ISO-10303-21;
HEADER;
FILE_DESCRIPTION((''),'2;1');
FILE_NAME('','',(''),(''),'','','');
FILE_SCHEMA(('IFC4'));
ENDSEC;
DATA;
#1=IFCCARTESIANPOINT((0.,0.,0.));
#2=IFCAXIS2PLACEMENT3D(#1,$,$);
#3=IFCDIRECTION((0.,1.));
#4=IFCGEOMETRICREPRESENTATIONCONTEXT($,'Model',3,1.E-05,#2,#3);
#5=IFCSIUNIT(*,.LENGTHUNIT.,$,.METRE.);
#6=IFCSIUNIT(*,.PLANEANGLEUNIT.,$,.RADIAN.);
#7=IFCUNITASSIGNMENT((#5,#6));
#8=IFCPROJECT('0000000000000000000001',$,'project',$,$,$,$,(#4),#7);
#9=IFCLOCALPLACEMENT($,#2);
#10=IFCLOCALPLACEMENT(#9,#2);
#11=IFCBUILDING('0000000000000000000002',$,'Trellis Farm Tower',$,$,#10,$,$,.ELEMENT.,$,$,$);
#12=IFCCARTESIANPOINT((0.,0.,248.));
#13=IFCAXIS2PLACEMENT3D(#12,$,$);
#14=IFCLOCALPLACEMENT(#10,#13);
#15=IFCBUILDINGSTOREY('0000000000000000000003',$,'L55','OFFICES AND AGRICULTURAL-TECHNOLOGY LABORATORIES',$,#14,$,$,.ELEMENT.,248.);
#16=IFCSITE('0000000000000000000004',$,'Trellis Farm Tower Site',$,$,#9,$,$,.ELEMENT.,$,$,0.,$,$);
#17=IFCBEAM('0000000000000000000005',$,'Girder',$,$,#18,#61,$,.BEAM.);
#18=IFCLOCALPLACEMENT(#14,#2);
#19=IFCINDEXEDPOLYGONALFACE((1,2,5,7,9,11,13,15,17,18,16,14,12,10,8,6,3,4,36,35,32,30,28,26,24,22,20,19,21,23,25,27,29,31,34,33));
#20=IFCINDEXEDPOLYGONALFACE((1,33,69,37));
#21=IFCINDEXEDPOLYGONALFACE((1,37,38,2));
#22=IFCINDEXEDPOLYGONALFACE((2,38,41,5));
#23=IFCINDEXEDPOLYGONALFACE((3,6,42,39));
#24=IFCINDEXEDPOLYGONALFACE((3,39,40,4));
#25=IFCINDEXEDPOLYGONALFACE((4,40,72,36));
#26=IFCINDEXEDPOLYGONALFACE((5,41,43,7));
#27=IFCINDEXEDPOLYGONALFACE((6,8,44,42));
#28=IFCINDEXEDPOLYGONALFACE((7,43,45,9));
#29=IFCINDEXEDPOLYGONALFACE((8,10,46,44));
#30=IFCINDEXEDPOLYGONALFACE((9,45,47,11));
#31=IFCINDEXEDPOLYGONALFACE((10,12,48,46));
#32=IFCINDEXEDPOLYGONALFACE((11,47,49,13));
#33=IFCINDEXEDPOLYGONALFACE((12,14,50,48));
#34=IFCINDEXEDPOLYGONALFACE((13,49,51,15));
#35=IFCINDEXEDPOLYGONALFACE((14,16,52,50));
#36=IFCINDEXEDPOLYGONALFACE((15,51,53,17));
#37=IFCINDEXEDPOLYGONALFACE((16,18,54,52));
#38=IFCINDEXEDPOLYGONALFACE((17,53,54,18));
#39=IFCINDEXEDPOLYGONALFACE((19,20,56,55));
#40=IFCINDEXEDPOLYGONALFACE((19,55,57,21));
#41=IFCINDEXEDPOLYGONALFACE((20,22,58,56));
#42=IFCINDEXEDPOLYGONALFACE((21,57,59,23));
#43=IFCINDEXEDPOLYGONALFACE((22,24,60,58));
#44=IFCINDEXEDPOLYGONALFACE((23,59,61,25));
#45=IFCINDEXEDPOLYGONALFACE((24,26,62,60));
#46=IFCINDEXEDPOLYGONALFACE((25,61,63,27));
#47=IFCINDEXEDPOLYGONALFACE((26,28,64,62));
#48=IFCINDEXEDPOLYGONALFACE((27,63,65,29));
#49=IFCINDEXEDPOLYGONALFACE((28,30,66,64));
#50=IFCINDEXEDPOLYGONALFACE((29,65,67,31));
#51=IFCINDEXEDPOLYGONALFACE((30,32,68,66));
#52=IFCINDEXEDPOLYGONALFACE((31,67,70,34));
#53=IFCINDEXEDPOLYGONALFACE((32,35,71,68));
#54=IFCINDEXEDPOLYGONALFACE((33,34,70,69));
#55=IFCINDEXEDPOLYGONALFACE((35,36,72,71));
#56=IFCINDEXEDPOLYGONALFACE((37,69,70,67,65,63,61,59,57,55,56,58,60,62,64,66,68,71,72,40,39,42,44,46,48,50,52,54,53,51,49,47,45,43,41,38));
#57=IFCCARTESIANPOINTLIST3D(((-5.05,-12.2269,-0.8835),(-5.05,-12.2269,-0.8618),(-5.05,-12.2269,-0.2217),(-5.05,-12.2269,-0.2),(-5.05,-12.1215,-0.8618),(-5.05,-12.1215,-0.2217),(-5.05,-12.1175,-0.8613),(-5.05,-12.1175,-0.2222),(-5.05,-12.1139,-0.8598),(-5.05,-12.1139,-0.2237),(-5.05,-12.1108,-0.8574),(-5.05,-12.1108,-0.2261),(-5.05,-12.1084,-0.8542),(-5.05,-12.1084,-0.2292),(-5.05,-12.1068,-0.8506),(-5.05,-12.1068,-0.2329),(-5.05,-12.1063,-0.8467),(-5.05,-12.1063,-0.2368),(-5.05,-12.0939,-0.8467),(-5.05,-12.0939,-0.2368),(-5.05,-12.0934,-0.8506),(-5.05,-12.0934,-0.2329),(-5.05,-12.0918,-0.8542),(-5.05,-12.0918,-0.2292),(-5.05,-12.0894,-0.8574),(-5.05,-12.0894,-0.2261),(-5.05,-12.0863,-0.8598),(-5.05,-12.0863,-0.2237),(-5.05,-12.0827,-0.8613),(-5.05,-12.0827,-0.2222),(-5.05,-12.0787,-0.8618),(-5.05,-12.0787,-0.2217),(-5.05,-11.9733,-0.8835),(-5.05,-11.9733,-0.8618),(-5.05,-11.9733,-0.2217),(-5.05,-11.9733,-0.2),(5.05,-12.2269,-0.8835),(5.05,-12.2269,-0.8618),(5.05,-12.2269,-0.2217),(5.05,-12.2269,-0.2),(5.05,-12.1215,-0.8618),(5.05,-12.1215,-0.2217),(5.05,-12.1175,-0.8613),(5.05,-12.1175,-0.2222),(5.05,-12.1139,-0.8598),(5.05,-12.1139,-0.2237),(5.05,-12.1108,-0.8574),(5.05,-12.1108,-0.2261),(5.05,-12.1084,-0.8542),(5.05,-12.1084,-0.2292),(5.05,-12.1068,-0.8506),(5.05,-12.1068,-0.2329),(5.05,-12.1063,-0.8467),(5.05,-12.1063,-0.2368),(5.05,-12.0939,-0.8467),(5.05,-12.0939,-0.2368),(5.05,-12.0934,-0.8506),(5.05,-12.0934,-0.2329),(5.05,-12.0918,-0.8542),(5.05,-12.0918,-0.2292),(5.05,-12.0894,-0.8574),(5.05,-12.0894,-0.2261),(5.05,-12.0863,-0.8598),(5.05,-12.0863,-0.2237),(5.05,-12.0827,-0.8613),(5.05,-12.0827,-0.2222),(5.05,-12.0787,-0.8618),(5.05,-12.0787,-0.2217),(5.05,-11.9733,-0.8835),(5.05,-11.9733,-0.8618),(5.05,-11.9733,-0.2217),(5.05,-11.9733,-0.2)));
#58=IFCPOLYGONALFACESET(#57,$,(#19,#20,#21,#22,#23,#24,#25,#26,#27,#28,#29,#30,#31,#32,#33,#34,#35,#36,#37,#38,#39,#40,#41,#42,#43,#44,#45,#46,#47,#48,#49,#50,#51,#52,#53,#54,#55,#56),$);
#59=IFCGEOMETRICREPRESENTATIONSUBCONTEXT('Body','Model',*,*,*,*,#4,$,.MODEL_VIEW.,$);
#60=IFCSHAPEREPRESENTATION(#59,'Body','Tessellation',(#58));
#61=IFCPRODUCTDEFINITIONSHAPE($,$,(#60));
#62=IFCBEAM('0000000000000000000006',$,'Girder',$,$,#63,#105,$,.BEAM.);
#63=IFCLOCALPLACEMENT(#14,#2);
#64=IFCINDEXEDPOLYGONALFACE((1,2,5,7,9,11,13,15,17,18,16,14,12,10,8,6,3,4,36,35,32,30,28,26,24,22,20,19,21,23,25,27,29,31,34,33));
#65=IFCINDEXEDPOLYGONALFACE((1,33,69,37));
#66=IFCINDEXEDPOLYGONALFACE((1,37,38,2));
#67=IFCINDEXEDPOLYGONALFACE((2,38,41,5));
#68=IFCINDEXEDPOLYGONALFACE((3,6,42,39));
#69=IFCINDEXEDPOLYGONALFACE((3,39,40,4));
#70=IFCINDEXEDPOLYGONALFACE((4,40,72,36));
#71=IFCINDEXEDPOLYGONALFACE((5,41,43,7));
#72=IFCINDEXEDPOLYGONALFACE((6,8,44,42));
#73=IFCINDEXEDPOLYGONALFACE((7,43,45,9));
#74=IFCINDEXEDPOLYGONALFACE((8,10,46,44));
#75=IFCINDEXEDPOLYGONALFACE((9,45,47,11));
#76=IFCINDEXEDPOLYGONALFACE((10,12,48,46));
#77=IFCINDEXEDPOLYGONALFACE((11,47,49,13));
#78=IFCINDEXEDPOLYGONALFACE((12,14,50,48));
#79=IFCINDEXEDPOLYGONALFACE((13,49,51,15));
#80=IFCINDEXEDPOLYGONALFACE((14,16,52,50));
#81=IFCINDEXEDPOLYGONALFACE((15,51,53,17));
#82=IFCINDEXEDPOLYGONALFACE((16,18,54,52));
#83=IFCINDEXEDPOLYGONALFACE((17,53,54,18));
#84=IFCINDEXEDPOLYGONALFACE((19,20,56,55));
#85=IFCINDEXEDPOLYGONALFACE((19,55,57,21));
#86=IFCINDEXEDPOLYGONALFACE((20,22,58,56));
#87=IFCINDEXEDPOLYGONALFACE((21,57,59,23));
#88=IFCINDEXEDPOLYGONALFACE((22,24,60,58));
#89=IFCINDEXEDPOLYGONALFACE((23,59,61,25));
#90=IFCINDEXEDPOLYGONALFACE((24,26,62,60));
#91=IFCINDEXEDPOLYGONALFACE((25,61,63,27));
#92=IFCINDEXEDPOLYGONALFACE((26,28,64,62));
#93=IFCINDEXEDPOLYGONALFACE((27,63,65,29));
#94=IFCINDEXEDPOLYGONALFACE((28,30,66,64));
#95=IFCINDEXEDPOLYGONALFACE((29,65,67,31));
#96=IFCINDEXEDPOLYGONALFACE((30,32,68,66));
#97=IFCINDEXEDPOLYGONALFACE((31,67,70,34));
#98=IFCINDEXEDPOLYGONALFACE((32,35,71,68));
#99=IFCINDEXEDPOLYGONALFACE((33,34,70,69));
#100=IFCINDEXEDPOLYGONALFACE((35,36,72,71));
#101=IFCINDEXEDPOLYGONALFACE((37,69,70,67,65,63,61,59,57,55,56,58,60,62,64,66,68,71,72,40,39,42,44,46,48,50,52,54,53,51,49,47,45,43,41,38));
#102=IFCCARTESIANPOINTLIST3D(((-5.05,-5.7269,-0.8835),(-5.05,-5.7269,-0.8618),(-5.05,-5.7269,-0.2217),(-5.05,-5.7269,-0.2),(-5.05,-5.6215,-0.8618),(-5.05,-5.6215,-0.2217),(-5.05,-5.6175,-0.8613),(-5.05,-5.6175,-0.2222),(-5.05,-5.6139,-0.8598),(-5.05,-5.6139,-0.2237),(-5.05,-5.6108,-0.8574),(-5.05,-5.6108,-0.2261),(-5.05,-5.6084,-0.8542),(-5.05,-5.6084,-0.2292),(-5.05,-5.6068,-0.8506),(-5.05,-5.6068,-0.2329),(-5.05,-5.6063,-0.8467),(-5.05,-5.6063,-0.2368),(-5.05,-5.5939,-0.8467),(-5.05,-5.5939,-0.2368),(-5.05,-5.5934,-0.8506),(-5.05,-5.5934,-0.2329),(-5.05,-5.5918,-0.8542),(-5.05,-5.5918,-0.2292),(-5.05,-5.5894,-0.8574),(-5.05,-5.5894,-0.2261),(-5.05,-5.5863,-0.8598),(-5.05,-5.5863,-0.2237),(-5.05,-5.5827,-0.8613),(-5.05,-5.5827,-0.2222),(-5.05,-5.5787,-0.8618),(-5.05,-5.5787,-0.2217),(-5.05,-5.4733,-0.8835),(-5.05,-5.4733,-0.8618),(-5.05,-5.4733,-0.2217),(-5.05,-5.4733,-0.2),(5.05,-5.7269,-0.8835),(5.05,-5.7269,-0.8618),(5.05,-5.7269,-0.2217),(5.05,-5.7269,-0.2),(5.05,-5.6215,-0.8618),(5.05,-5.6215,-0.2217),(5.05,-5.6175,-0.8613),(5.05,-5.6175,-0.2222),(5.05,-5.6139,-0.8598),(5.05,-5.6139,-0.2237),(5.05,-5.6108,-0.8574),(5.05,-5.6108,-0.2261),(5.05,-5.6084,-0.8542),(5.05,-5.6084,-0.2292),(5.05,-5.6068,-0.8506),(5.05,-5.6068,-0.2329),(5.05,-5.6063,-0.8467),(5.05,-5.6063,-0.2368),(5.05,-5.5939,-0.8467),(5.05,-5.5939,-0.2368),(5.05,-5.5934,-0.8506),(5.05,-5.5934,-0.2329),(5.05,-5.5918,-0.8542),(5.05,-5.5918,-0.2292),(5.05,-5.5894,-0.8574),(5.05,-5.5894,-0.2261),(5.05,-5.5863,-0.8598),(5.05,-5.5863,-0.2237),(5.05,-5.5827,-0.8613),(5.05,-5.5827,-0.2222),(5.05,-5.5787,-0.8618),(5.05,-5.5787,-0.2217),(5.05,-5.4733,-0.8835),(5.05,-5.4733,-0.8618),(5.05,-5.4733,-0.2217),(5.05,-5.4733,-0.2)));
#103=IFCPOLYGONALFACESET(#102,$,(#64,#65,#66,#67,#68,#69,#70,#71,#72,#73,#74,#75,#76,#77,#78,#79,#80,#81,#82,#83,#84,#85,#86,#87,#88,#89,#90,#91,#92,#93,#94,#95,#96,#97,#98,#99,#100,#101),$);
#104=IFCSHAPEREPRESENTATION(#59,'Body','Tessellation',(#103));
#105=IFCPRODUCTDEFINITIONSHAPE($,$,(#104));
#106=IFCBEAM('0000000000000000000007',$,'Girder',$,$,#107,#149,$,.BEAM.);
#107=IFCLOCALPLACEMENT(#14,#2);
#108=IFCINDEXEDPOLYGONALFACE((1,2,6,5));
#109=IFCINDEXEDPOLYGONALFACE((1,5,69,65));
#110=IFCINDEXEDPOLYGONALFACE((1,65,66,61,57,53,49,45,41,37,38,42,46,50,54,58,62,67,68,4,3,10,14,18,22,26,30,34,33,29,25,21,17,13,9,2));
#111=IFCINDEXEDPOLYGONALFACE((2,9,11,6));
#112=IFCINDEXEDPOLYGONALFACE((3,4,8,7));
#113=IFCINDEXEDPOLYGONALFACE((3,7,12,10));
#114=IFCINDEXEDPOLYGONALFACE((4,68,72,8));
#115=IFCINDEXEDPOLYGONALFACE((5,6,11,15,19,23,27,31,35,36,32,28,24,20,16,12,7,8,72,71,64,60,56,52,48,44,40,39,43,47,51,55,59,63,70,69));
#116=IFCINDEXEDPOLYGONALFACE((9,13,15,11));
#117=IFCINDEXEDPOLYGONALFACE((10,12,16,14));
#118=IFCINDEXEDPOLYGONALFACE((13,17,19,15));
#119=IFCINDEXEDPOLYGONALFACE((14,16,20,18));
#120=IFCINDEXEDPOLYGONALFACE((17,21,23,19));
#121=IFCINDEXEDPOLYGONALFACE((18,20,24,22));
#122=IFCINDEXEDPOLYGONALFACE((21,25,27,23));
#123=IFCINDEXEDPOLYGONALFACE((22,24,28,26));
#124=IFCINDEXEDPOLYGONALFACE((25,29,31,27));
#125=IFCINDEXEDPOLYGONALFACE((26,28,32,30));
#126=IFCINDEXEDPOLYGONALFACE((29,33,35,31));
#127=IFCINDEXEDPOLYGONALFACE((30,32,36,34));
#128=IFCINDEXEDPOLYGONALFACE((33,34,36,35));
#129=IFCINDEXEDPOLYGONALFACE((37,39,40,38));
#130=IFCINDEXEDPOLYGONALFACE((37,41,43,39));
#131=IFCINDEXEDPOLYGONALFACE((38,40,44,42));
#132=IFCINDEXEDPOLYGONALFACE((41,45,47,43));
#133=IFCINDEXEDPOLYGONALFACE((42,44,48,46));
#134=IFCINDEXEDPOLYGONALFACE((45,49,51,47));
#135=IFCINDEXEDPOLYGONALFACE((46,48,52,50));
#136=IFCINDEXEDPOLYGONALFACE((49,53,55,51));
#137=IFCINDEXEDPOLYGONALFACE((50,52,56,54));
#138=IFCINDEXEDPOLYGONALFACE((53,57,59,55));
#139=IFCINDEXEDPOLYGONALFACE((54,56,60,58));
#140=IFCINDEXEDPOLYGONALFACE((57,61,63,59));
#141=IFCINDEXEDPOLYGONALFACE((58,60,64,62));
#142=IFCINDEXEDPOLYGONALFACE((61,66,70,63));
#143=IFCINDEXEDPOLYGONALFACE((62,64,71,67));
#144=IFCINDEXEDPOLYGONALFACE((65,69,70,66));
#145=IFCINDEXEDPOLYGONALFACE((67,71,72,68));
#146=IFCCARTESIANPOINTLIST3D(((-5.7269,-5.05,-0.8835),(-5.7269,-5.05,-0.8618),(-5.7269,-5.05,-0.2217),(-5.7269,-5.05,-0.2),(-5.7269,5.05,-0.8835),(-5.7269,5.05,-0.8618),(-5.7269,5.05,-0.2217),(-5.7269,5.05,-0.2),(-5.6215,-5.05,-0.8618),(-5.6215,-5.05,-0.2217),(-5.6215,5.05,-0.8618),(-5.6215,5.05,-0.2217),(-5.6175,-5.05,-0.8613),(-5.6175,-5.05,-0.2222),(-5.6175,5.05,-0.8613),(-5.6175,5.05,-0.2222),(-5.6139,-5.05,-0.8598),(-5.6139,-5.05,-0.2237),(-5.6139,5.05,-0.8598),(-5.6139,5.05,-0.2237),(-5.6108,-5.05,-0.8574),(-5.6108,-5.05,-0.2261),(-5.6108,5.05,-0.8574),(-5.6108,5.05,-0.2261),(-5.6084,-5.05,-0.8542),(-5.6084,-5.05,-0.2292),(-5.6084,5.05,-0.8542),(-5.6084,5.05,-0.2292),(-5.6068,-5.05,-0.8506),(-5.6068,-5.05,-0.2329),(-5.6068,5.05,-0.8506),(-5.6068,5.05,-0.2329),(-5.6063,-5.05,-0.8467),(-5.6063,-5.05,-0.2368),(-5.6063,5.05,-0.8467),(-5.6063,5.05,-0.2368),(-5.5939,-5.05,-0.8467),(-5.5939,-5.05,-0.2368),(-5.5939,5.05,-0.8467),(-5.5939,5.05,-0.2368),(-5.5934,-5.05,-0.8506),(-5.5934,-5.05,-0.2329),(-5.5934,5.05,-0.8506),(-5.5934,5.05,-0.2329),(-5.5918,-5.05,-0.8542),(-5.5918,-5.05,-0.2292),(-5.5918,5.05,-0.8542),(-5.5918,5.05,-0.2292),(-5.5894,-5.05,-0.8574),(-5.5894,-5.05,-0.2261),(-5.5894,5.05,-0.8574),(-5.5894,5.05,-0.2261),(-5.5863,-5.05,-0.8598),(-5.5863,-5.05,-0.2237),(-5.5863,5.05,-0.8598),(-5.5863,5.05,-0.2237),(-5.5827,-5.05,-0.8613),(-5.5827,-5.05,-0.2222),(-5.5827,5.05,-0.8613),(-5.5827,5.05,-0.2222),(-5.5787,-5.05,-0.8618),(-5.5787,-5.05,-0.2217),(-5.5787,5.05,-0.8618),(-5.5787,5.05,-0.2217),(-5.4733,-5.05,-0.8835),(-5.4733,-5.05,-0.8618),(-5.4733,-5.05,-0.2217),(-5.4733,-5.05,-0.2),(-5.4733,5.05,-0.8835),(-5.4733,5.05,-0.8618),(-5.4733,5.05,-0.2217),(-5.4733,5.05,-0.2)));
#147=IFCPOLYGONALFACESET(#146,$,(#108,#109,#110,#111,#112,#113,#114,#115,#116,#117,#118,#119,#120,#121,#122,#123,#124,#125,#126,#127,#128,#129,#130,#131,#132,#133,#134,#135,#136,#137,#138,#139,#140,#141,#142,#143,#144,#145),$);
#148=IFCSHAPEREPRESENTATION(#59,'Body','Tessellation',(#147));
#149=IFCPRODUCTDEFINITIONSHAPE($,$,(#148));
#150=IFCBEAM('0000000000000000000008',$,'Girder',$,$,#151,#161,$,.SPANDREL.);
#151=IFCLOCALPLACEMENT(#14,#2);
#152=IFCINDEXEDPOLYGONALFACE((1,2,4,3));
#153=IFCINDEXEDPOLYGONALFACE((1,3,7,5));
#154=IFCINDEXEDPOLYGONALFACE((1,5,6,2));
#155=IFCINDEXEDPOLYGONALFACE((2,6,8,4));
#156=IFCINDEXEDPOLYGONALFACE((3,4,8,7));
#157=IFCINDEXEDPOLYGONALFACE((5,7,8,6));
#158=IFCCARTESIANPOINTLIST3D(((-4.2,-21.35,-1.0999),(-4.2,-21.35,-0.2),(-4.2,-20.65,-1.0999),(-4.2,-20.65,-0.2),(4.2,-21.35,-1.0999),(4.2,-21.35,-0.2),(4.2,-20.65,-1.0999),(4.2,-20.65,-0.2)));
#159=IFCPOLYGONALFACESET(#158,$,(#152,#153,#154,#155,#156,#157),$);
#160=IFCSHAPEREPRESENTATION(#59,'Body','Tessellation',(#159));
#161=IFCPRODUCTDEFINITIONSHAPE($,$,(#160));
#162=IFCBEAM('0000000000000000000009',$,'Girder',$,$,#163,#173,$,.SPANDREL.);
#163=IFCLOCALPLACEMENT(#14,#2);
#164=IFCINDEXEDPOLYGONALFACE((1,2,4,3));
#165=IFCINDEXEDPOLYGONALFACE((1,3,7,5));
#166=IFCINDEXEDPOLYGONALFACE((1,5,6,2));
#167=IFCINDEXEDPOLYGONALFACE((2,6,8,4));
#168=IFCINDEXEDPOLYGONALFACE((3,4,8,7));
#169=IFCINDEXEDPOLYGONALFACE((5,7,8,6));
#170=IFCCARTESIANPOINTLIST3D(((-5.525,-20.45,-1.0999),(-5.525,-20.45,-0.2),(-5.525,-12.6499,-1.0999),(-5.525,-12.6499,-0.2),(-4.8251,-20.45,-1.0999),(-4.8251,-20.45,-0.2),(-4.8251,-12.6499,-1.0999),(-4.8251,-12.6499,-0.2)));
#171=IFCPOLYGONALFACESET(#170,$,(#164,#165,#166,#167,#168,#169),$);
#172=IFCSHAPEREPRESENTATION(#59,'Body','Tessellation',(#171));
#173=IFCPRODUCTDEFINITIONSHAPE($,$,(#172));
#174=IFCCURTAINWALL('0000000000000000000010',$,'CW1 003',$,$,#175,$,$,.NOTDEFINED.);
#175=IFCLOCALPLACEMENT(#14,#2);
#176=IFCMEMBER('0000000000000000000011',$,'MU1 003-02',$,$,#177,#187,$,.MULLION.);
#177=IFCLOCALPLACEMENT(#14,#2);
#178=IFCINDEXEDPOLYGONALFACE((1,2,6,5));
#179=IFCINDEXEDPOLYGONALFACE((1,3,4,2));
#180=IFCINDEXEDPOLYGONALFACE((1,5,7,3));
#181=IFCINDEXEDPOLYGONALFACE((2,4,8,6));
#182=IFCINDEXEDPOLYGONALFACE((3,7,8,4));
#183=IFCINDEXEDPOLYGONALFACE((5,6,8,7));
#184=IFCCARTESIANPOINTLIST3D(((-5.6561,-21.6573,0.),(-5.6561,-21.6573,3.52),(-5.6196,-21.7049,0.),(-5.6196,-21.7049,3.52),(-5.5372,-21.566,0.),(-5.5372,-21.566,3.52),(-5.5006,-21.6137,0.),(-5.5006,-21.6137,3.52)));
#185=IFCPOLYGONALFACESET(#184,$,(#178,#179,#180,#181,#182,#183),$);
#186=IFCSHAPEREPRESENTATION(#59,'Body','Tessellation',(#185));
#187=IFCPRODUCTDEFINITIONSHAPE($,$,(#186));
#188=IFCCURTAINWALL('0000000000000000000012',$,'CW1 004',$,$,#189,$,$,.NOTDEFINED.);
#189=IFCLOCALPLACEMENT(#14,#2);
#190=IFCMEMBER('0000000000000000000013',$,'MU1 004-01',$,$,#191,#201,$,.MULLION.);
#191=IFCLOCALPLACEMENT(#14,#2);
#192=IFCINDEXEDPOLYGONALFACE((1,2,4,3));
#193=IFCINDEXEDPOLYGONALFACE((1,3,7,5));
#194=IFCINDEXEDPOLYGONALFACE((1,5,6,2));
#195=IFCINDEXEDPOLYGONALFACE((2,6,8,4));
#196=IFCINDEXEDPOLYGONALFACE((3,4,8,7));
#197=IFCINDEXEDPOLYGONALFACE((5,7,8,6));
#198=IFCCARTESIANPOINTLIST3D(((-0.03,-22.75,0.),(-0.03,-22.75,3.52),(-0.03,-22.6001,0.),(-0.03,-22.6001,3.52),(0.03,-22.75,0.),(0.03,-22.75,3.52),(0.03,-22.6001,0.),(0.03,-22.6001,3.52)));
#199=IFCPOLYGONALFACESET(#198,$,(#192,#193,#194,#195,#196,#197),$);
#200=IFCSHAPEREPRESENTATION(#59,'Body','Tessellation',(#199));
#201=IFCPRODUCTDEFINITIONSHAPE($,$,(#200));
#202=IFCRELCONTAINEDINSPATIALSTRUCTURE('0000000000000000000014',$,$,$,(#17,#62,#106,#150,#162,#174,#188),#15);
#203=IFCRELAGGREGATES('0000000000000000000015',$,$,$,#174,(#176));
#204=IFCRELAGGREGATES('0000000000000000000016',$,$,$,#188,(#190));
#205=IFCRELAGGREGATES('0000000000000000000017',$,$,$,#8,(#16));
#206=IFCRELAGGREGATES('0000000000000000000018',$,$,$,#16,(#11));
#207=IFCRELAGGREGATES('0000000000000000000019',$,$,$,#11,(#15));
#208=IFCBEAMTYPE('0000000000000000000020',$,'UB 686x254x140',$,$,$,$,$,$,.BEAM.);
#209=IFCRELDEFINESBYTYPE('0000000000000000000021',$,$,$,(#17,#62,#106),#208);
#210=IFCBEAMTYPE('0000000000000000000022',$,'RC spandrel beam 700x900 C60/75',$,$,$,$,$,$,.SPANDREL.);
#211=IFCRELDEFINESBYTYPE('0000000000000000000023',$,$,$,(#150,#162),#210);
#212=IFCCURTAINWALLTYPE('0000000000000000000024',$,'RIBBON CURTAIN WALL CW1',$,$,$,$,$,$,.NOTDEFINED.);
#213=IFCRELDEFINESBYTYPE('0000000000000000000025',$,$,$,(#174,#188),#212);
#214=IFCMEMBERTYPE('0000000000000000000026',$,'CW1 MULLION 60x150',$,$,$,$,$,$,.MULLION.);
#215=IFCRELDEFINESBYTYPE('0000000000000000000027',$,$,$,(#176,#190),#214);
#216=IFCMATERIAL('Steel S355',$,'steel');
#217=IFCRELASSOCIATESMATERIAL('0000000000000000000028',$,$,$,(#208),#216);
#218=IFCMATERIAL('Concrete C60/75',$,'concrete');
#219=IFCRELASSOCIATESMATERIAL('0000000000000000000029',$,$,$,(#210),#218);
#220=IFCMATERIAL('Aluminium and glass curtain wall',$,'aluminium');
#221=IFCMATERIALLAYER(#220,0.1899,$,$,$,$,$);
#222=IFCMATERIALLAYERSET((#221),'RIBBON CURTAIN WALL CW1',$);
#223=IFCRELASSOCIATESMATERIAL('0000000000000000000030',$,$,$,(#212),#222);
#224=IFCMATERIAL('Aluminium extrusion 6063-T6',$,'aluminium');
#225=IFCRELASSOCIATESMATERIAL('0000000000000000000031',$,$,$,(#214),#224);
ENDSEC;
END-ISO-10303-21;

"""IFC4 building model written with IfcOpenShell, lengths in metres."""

from ifc_helpers import new_model, si_unit, direction, frame, origin, origin_2d, place, context, subcontext, project, spatial, rectangle, i_section, extrude, source, transform, mapped, material, layer, layer_set, material_profile, profile_set, type_object, element, aggregate, save


model = new_model("IFC4")

# Units and contexts
model_context = context("Model", 3, precision=1e-05, world=origin(), true_north=direction((0.0, 1.0)))
body_context = subcontext(model_context, "Body", "Model", "MODEL_VIEW")
ifc_project = project(units=[si_unit("LENGTHUNIT", "METRE"), si_unit("PLANEANGLEUNIT", "RADIAN")], contexts=[model_context])

# Site, building, storey
site_placement = place(None, origin())
site = spatial("IfcSite", under=ifc_project, at=site_placement, Name="Trellis Farm Tower Site", CompositionType="ELEMENT", RefElevation=0.0)
building_placement = place(site_placement, origin())
building = spatial("IfcBuilding", under=site, at=building_placement, Name="Trellis Farm Tower", CompositionType="ELEMENT")
storey_placement = place(building_placement, frame((0.0, 0.0, 248.0)))
storey = spatial("IfcBuildingStorey", under=building, at=storey_placement, Name="L55", Description="OFFICES AND AGRICULTURAL-TECHNOLOGY LABORATORIES", CompositionType="ELEMENT", Elevation=248.0)

# Shared definitions
ifc_material_1 = material(Name="Concrete C60/75", Category="concrete")

# Beams
ifc_material_2 = material(Name="Steel S355", Category="steel")
ifc_material_profile_1 = material_profile(ifc_material_2, i_section(OverallWidth=0.2537, OverallDepth=0.6836, WebThickness=0.0125, FlangeThickness=0.0217, FilletRadius=0.0151, at=origin_2d()), Name="UB 686x254x140")
ifc_profile_set_1 = profile_set([ifc_material_profile_1], Name="Steel S355")
beam_type_1 = type_object("IfcBeamType", Name="UB 686x254x140", PredefinedType="BEAM", material=ifc_profile_set_1)
shared_shape_1 = source(origin(), body_context, "Body", "SweptSolid", [
    extrude(i_section(OverallWidth=0.2537, OverallDepth=0.6836, WebThickness=0.0125, FlangeThickness=0.0217, FilletRadius=0.0151, at=origin_2d()), origin(), (0.0, 0.0, 1.0), 10.1001),
])
for number, where, z_axis, x_axis, name in (
    (1, (-5.05, -12.1001, -0.5417), (1.0, 0.0, 0.0), (0.0, 1.0, 0.0), "Girder"),
    (2, (-5.05, -5.6001, -0.5417), (1.0, 0.0, 0.0), (0.0, 1.0, 0.0), "Girder"),
    (3, (-5.6001, -5.05, -0.5417), (0.0, 1.0, 0.0), (-1.0, 0.0, 0.0), "Girder"),
):
    element("IfcBeam", number, at=place(storey_placement, frame(where, z_axis=z_axis, x_axis=x_axis)), inside=storey, type_object=beam_type_1, Name=name, PredefinedType="BEAM", context=body_context, shape_type="MappedRepresentation", body=[
        mapped(shared_shape_1, transform((0.0, 0.0, 0.0))),
    ])
ifc_material_profile_2 = material_profile(ifc_material_1, rectangle(XDim=0.7, YDim=0.8999, at=origin_2d()), Name="RC spandrel beam 700x900 C60/75")
ifc_profile_set_2 = profile_set([ifc_material_profile_2], Name="Concrete C60/75")
beam_type_2 = type_object("IfcBeamType", Name="RC spandrel beam 700x900 C60/75", PredefinedType="SPANDREL", material=ifc_profile_set_2)
shared_shape_2 = source(origin(), body_context, "Body", "SweptSolid", [
    extrude(rectangle(XDim=0.7, YDim=0.8999, at=origin_2d()), origin(), (0.0, 0.0, 1.0), 8.3999),
])
beam_1_placement = place(storey_placement, frame((-4.2, -21.0, -0.6499), z_axis=(1.0, 0.0, 0.0), x_axis=(0.0, 1.0, 0.0)))
element("IfcBeam", 4, at=beam_1_placement, inside=storey, type_object=beam_type_2, Name="Girder", PredefinedType="SPANDREL", context=body_context, shape_type="MappedRepresentation", body=[
    mapped(shared_shape_2, transform((0.0, 0.0, 0.0))),
])
shared_shape_3 = source(origin(), body_context, "Body", "SweptSolid", [
    extrude(rectangle(XDim=0.7, YDim=0.8999, at=origin_2d()), origin(), (0.0, 0.0, 1.0), 7.8),
])
beam_2_placement = place(storey_placement, frame((-5.175, -20.45, -0.6499), z_axis=(0.0, 1.0, 0.0), x_axis=(-1.0, 0.0, 0.0)))
element("IfcBeam", 5, at=beam_2_placement, inside=storey, type_object=beam_type_2, Name="Girder", PredefinedType="SPANDREL", context=body_context, shape_type="MappedRepresentation", body=[
    mapped(shared_shape_3, transform((0.0, 0.0, 0.0))),
])

# Curtain walls, members
ifc_material_3 = material(Name="Aluminium and glass curtain wall", Category="aluminium")
ifc_layer_1 = layer(ifc_material_3, 0.1899)
ifc_layer_set_1 = layer_set([ifc_layer_1], Name="RIBBON CURTAIN WALL CW1")
curtain_wall_type = type_object("IfcCurtainWallType", Name="RIBBON CURTAIN WALL CW1", PredefinedType="NOTDEFINED", material=ifc_layer_set_1)
placement_1 = place(storey_placement, origin())
curtain_wall_1 = element("IfcCurtainWall", 6, at=placement_1, inside=storey, type_object=curtain_wall_type, Name="CW1 003", PredefinedType="NOTDEFINED")
ifc_material_4 = material(Name="Aluminium extrusion 6063-T6", Category="aluminium")
ifc_material_profile_3 = material_profile(ifc_material_4, rectangle(XDim=0.0601, YDim=0.1499, at=origin_2d()), Name="MULLION 60x150")
ifc_profile_set_3 = profile_set([ifc_material_profile_3], Name="Aluminium extrusion 6063-T6")
member_type = type_object("IfcMemberType", Name="CW1 MULLION 60x150", PredefinedType="MULLION", material=ifc_profile_set_3)
shared_shape_4 = source(origin(), body_context, "Body", "SweptSolid", [
    extrude(rectangle(XDim=0.0601, YDim=0.1499, at=origin_2d()), origin(), (0.0, 0.0, 1.0), 3.52),
])
member_1_placement = place(storey_placement, frame((-5.5784, -21.6355, 0.0), z_axis=(0.0, 0.0, 1.0), x_axis=(0.608761, -0.793353, 0.0)))
member_1 = element("IfcMember", 7, at=member_1_placement, type_object=member_type, Name="MU1 003-02", PredefinedType="MULLION", context=body_context, shape_type="MappedRepresentation", body=[
    mapped(shared_shape_4, transform((0.0, 0.0, 0.0))),
])
aggregate(curtain_wall_1, [member_1])
curtain_wall_2 = element("IfcCurtainWall", 8, at=placement_1, inside=storey, type_object=curtain_wall_type, Name="CW1 004", PredefinedType="NOTDEFINED")
member_2_placement = place(storey_placement, frame((0.0, -22.675, 0.0), z_axis=(0.0, 0.0, 1.0), x_axis=(1.0, 0.0, 0.0)))
member_2 = element("IfcMember", 9, at=member_2_placement, type_object=member_type, Name="MU1 004-01", PredefinedType="MULLION", context=body_context, shape_type="MappedRepresentation", body=[
    mapped(shared_shape_4, transform((0.0, 0.0, 0.0))),
])
aggregate(curtain_wall_2, [member_2])

save(model, "model.ifc")
